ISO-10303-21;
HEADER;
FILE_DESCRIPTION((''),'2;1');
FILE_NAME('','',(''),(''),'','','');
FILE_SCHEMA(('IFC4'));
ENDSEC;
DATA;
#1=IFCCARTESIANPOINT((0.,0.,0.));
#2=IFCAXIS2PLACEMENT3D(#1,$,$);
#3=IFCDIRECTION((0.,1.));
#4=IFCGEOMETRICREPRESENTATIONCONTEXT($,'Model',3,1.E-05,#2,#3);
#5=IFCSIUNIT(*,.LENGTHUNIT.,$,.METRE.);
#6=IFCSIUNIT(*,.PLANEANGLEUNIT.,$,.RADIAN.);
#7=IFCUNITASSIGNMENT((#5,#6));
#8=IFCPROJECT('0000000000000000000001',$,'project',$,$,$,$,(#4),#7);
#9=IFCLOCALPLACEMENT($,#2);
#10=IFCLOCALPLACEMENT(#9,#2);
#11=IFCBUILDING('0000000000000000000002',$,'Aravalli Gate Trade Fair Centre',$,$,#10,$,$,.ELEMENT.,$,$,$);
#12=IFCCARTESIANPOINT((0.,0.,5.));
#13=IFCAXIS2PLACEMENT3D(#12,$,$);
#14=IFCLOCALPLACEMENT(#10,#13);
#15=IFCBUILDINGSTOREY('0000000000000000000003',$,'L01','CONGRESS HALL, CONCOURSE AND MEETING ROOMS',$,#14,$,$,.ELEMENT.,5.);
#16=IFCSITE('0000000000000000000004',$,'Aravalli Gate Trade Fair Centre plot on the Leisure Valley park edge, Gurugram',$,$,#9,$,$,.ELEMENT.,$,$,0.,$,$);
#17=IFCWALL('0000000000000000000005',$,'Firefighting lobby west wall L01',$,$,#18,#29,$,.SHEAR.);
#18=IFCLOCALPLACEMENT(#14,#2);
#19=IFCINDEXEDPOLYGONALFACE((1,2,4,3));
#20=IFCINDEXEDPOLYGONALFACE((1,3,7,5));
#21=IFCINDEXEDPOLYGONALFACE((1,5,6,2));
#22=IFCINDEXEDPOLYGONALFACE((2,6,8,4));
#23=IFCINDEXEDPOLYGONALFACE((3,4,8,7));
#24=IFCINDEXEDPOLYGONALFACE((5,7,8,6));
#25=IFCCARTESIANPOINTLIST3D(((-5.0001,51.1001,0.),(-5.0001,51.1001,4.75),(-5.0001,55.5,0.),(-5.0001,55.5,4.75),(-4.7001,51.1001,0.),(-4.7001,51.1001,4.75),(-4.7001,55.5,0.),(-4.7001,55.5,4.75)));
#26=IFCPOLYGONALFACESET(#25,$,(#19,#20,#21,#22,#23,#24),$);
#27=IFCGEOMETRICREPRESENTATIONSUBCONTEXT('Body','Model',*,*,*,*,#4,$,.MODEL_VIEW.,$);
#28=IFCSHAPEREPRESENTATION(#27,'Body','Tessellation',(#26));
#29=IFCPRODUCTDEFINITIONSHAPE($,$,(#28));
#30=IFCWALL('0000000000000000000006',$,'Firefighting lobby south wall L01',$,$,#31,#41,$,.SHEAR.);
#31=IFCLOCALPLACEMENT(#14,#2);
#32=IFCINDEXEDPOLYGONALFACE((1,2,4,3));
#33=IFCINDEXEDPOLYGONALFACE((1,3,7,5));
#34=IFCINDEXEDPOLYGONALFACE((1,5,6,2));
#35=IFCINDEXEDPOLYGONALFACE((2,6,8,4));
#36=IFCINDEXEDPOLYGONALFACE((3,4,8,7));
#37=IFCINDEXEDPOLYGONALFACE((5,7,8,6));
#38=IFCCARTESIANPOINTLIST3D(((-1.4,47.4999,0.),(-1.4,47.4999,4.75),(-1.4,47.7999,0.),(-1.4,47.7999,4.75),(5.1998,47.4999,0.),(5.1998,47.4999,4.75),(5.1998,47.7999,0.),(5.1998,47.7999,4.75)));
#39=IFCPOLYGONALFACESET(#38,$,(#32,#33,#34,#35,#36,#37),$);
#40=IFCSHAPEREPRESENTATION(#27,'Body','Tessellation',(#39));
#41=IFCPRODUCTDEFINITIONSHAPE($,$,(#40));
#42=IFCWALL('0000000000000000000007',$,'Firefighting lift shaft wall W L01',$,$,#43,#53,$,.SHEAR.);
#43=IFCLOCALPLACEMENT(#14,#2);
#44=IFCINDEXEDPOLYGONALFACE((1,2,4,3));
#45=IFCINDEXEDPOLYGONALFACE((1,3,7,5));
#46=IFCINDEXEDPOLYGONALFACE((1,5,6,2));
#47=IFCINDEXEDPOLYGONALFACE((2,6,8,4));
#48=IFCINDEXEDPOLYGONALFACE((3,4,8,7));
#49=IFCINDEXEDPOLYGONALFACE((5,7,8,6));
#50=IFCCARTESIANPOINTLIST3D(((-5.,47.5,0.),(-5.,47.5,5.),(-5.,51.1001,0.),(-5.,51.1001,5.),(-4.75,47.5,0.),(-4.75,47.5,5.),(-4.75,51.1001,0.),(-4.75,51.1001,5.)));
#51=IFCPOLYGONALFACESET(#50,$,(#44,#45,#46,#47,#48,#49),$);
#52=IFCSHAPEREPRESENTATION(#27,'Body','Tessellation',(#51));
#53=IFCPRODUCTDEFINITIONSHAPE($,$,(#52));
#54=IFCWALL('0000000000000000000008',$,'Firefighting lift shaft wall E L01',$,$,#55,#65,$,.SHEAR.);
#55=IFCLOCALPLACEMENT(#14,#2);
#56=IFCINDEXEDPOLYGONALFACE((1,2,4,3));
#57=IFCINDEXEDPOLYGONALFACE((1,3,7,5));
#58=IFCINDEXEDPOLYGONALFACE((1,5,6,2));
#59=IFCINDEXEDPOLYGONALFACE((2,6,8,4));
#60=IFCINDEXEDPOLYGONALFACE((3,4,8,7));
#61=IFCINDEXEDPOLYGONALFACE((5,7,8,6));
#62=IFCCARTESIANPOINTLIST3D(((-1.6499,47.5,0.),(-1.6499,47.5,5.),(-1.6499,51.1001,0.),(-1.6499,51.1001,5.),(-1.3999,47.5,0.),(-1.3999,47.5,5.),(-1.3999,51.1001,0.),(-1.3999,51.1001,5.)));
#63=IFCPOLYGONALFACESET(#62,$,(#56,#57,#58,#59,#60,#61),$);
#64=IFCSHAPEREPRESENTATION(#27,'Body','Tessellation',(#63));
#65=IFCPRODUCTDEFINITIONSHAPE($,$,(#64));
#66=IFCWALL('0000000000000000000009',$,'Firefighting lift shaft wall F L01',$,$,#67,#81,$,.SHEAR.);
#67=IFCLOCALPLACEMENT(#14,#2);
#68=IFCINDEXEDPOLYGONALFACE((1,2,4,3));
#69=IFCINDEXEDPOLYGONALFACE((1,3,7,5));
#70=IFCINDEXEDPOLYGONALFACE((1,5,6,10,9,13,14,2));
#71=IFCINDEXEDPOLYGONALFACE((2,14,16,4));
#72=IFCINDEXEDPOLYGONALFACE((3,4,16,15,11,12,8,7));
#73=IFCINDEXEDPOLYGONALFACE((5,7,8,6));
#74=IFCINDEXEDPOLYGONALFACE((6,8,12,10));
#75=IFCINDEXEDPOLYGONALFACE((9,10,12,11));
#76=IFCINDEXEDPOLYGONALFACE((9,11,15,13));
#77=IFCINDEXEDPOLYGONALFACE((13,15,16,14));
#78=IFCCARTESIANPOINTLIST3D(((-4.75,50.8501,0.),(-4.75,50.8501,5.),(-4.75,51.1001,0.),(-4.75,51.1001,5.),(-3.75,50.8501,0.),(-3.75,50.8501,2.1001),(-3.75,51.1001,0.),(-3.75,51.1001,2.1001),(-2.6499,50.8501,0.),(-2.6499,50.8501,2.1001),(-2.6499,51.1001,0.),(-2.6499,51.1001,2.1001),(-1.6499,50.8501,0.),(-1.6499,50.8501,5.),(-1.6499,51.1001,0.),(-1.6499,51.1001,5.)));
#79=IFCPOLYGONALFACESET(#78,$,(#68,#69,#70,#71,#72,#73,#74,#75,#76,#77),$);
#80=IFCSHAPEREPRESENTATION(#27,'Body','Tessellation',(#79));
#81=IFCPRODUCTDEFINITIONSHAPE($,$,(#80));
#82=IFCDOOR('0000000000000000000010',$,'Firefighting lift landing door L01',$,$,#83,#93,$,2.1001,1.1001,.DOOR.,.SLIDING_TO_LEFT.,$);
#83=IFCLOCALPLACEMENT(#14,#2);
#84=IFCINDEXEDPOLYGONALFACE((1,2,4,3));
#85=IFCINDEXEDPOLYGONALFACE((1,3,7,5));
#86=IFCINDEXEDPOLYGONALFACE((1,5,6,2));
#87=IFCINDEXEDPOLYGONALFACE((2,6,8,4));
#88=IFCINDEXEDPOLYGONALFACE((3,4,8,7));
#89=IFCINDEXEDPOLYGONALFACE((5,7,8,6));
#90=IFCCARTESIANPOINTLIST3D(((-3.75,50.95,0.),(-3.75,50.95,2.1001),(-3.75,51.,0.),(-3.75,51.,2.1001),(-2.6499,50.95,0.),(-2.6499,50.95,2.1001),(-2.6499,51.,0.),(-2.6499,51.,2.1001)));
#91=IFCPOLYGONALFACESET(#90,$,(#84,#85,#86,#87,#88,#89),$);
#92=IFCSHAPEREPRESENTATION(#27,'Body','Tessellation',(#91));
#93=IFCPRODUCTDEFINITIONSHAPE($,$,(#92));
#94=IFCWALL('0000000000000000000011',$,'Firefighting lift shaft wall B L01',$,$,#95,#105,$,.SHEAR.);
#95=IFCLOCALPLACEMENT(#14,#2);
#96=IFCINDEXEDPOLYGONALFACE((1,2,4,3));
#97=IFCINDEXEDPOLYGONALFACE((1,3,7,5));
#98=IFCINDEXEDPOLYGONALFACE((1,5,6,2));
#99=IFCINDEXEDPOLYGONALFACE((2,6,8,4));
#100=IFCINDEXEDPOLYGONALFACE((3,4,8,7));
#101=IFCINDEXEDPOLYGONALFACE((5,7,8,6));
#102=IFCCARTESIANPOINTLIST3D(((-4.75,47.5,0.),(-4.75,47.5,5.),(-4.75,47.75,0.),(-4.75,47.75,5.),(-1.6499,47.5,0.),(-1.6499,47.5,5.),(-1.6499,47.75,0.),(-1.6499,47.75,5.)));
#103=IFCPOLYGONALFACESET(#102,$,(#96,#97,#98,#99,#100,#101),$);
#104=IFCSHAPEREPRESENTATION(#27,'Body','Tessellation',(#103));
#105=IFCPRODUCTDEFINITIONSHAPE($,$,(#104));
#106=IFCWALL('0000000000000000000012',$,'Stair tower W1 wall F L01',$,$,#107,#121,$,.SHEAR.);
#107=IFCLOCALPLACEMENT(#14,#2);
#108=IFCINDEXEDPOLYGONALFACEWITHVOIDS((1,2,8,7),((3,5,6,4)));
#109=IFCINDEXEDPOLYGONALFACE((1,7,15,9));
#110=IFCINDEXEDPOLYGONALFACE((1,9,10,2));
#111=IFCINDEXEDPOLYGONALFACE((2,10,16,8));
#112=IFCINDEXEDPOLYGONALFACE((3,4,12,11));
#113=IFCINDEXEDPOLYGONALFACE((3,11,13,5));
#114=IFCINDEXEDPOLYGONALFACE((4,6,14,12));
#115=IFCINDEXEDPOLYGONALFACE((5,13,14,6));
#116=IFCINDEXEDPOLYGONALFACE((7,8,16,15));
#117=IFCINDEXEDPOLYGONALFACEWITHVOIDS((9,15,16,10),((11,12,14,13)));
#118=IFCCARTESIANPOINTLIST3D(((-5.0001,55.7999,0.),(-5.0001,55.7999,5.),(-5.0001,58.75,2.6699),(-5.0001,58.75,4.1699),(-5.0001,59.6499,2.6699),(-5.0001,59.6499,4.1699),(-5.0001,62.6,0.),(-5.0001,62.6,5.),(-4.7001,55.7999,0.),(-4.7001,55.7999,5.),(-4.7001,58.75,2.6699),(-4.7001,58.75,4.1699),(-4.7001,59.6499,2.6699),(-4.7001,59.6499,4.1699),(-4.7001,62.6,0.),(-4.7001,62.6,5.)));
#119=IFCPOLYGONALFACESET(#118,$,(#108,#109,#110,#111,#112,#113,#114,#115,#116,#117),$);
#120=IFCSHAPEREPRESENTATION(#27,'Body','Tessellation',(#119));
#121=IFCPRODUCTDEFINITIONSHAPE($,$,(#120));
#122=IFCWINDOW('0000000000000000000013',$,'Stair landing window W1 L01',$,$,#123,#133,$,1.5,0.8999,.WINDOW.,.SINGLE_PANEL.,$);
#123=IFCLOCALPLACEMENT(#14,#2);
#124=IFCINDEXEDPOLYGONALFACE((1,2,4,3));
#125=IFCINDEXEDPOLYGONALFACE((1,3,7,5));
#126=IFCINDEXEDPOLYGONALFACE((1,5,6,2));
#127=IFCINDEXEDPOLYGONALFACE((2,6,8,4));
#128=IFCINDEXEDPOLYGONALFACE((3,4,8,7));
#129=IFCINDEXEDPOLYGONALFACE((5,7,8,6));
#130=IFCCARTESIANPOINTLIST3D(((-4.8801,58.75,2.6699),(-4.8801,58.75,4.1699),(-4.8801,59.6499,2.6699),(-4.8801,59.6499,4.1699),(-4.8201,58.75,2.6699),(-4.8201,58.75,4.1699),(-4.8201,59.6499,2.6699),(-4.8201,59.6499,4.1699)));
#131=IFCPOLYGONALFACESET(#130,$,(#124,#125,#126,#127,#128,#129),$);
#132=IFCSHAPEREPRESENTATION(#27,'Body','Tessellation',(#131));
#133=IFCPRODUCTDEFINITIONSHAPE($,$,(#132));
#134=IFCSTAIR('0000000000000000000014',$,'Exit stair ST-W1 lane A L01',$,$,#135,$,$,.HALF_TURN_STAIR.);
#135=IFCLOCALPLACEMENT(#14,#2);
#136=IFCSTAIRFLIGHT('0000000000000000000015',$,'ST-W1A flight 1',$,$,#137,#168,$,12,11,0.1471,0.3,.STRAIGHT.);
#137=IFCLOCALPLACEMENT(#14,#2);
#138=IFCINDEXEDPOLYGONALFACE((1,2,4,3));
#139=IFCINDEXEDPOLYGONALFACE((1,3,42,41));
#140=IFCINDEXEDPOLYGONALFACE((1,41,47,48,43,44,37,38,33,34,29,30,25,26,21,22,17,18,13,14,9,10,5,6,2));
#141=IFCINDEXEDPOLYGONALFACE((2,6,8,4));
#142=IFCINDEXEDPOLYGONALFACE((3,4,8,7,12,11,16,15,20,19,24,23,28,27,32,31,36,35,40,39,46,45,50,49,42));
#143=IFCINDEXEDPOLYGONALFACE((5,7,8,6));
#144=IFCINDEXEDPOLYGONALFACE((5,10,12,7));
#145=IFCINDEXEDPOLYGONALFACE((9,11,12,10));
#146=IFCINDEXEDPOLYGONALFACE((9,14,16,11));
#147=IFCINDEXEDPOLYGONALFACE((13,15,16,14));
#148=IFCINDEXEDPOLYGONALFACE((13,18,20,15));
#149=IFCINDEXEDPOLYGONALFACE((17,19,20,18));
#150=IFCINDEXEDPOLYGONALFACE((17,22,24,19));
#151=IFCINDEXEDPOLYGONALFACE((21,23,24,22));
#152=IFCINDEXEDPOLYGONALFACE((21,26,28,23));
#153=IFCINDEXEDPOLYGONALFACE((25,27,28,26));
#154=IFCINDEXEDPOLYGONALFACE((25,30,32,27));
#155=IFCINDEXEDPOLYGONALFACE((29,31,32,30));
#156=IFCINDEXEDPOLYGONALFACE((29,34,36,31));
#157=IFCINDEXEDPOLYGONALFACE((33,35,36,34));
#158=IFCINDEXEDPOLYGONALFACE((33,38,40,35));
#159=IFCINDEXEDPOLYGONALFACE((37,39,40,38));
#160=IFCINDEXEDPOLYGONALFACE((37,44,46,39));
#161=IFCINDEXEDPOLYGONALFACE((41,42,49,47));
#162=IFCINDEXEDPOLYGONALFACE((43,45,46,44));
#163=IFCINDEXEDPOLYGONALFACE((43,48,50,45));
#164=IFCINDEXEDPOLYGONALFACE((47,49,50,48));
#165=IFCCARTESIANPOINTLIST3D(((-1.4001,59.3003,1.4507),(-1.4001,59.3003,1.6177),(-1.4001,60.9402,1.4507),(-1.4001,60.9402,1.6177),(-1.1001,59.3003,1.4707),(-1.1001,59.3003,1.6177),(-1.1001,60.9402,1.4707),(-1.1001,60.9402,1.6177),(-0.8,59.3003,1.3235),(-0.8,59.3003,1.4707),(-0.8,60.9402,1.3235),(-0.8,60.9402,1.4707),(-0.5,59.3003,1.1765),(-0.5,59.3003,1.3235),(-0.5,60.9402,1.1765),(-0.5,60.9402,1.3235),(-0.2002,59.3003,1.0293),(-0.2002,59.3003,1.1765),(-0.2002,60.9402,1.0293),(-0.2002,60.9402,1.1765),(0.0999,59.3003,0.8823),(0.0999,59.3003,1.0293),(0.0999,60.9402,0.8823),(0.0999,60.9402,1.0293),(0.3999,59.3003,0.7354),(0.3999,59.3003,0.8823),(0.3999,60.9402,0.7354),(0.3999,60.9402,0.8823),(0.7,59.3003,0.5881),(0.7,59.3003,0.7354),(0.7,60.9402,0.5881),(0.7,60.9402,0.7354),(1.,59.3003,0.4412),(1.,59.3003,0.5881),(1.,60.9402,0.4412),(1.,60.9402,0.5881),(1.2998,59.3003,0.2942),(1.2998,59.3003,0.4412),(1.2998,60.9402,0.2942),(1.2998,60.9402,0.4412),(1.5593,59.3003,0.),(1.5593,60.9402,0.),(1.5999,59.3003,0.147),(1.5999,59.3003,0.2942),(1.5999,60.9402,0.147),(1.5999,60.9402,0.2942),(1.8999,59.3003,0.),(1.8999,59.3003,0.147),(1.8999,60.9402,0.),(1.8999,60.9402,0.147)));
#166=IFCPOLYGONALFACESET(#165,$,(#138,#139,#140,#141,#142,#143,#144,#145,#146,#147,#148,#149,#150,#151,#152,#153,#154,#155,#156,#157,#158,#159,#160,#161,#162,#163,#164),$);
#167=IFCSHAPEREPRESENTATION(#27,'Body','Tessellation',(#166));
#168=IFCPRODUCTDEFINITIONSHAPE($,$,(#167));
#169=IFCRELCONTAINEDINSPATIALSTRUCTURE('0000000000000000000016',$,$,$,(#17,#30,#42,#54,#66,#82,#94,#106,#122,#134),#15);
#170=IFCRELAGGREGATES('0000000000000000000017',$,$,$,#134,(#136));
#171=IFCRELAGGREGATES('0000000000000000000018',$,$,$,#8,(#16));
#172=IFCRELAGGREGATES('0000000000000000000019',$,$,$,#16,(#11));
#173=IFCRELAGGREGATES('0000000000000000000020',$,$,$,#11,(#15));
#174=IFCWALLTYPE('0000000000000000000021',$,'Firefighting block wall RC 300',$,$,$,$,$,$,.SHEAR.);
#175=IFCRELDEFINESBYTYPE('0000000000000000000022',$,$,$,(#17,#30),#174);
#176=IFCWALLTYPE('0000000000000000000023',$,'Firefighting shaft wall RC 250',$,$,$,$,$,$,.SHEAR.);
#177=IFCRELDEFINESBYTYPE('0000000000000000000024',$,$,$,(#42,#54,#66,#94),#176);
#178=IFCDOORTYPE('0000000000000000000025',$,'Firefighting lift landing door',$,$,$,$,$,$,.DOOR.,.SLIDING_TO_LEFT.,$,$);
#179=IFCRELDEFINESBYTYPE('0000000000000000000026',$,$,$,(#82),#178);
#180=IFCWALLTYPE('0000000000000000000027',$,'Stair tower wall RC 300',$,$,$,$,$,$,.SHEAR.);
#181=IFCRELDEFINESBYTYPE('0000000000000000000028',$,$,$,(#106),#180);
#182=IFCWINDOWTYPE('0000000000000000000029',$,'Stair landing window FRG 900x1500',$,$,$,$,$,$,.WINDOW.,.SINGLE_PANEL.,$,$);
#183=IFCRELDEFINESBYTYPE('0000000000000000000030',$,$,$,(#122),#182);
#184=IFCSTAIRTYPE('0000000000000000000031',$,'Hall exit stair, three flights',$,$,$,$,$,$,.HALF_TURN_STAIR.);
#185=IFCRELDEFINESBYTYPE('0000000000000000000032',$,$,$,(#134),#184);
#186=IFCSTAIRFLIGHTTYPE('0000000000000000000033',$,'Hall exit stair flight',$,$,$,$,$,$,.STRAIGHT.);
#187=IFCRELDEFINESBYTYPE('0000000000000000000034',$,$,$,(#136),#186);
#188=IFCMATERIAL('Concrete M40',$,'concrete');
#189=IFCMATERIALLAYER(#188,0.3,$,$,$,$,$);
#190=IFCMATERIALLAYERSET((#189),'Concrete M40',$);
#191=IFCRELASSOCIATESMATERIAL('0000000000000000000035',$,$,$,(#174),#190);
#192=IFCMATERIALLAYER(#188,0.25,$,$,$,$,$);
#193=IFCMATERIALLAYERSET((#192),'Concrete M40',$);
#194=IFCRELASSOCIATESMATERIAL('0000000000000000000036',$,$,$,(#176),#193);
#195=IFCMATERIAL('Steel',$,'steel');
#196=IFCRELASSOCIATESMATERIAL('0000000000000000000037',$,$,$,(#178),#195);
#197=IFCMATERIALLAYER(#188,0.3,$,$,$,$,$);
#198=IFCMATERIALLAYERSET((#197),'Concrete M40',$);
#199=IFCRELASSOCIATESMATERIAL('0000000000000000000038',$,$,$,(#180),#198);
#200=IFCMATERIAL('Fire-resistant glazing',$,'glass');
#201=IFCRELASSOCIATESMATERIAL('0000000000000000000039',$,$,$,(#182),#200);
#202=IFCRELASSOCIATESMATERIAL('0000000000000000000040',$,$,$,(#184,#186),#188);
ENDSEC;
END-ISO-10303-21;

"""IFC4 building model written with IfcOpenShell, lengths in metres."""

from ifc_helpers import new_model, si_unit, direction, frame, frame_2d, origin, place, context, subcontext, project, spatial, polyline, rectangle, outline, extrude, material, layer, layer_set, type_object, element, fill, aggregate, save


model = new_model("IFC4")

# Units and contexts
model_context = context("Model", 3, precision=1e-05, world=origin(), true_north=direction((0.0, 1.0)))
body_context = subcontext(model_context, "Body", "Model", "MODEL_VIEW")
ifc_project = project(units=[si_unit("LENGTHUNIT", "METRE"), si_unit("PLANEANGLEUNIT", "RADIAN")], contexts=[model_context])

# Site, building, storey
site_placement = place(None, origin())
site = spatial("IfcSite", under=ifc_project, at=site_placement, Name="Aravalli Gate Trade Fair Centre plot on the Leisure Valley park edge, Gurugram", CompositionType="ELEMENT", RefElevation=0.0)
building_placement = place(site_placement, origin())
building = spatial("IfcBuilding", under=site, at=building_placement, Name="Aravalli Gate Trade Fair Centre", CompositionType="ELEMENT")
storey_placement = place(building_placement, frame((0.0, 0.0, 5.0)))
storey = spatial("IfcBuildingStorey", under=building, at=storey_placement, Name="L01", Description="CONGRESS HALL, CONCOURSE AND MEETING ROOMS", CompositionType="ELEMENT", Elevation=5.0)

# Walls
ifc_material_1 = material(Name="Concrete M40", Category="concrete")
ifc_layer_1 = layer(ifc_material_1, 0.3)
ifc_layer_set_1 = layer_set([ifc_layer_1], Name="Concrete M40")
wall_type_1 = type_object("IfcWallType", Name="Firefighting block wall RC 300", PredefinedType="SHEAR", material=ifc_layer_set_1)
wall_1_placement = place(storey_placement, frame((-4.8501, 51.1001, 0.0), z_axis=(0.0, 0.0, 1.0), x_axis=(0.0, 1.0, 0.0)))
element("IfcWall", 1, at=wall_1_placement, inside=storey, type_object=wall_type_1, Name="Firefighting lobby west wall L01", PredefinedType="SHEAR", context=body_context, shape_type="SweptSolid", body=[
    extrude(rectangle(XDim=4.3999, YDim=0.3, at=frame_2d((2.2, 0.0))), origin(), (0.0, 0.0, 1.0), 4.75),
])
wall_2_placement = place(storey_placement, frame((-1.3999, 47.6499, 0.0), z_axis=(0.0, 0.0, 1.0), x_axis=(1.0, 0.0, 0.0)))
element("IfcWall", 2, at=wall_2_placement, inside=storey, type_object=wall_type_1, Name="Firefighting lobby south wall L01", PredefinedType="SHEAR", context=body_context, shape_type="SweptSolid", body=[
    extrude(rectangle(XDim=6.5999, YDim=0.3, at=frame_2d((3.2998, 0.0))), origin(), (0.0, 0.0, 1.0), 4.75),
])
ifc_layer_2 = layer(ifc_material_1, 0.25)
ifc_layer_set_2 = layer_set([ifc_layer_2], Name="Concrete M40")
wall_type_2 = type_object("IfcWallType", Name="Firefighting shaft wall RC 250", PredefinedType="SHEAR", material=ifc_layer_set_2)
for number, where, z_axis, x_axis, name in (
    (3, (-4.875, 47.5, 0.0), (0.0, 0.0, 1.0), (0.0, 1.0, 0.0), "Firefighting lift shaft wall W L01"),
    (4, (-1.5249, 47.5, 0.0), (0.0, 0.0, 1.0), (0.0, 1.0, 0.0), "Firefighting lift shaft wall E L01"),
):
    element("IfcWall", number, at=place(storey_placement, frame(where, z_axis=z_axis, x_axis=x_axis)), inside=storey, type_object=wall_type_2, Name=name, PredefinedType="SHEAR", context=body_context, shape_type="SweptSolid", body=[
        extrude(rectangle(XDim=3.6001, YDim=0.25, at=frame_2d((1.8, 0.0))), origin(), (0.0, 0.0, 1.0), 5.0),
    ])

# Wall, opening, door
wall_3_placement = place(storey_placement, frame((-4.75, 50.9751, 0.0), z_axis=(0.0, 0.0, 1.0), x_axis=(1.0, 0.0, 0.0)))
wall_3 = element("IfcWall", 5, at=wall_3_placement, inside=storey, type_object=wall_type_2, Name="Firefighting lift shaft wall F L01", PredefinedType="SHEAR", context=body_context, shape_type="SweptSolid", body=[
    extrude(rectangle(XDim=3.1001, YDim=0.25, at=frame_2d((1.55, 0.0))), origin(), (0.0, 0.0, 1.0), 5.0),
])
opening_1_placement = place(wall_3_placement, frame((1.0, 0.0, 0.0)))
opening_1 = element("IfcOpeningElement", 6, at=opening_1_placement, cuts=wall_3, PredefinedType="OPENING", context=body_context, shape_type="SweptSolid", body=[
    extrude(rectangle(XDim=1.1001, YDim=2.1001, at=frame_2d((0.55, 1.05))), frame((0.0, 0.135, 0.0), z_axis=(0.0, -1.0, 0.0), x_axis=(1.0, 0.0, 0.0)), (0.0, 0.0, 1.0), 0.27),
])
ifc_material_2 = material(Name="Steel", Category="steel")
door_type = type_object("IfcDoorType", Name="Firefighting lift landing door", OperationType="SLIDING_TO_LEFT", PredefinedType="DOOR", material=ifc_material_2)
door_placement = place(opening_1_placement, origin())
door = element("IfcDoor", 7, at=door_placement, inside=storey, type_object=door_type, Name="Firefighting lift landing door L01", OperationType="SLIDING_TO_LEFT", OverallHeight=2.1001, OverallWidth=1.1001, PredefinedType="DOOR", context=body_context, shape_type="SweptSolid", body=[
    extrude(rectangle(XDim=1.1001, YDim=2.1001, at=frame_2d((0.55, 1.05))), frame((0.0, 0.0249, 0.0), z_axis=(0.0, -1.0, 0.0), x_axis=(1.0, 0.0, 0.0)), (0.0, 0.0, 1.0), 0.05),
])
fill(opening_1, door)

# Wall
wall_4_placement = place(storey_placement, frame((-4.75, 47.625, 0.0), z_axis=(0.0, 0.0, 1.0), x_axis=(1.0, 0.0, 0.0)))
element("IfcWall", 8, at=wall_4_placement, inside=storey, type_object=wall_type_2, Name="Firefighting lift shaft wall B L01", PredefinedType="SHEAR", context=body_context, shape_type="SweptSolid", body=[
    extrude(rectangle(XDim=3.1001, YDim=0.25, at=frame_2d((1.55, 0.0))), origin(), (0.0, 0.0, 1.0), 5.0),
])

# Wall, opening, window
ifc_layer_3 = layer(ifc_material_1, 0.3)
ifc_layer_set_3 = layer_set([ifc_layer_3], Name="Concrete M40")
wall_type_3 = type_object("IfcWallType", Name="Stair tower wall RC 300", PredefinedType="SHEAR", material=ifc_layer_set_3)
wall_5_placement = place(storey_placement, frame((-4.8501, 55.8, 0.0), z_axis=(0.0, 0.0, 1.0), x_axis=(0.0, 1.0, 0.0)))
wall_5 = element("IfcWall", 9, at=wall_5_placement, inside=storey, type_object=wall_type_3, Name="Stair tower W1 wall F L01", PredefinedType="SHEAR", context=body_context, shape_type="SweptSolid", body=[
    extrude(rectangle(XDim=6.8, YDim=0.3, at=frame_2d((3.3999, 0.0))), origin(), (0.0, 0.0, 1.0), 5.0),
])
opening_2_placement = place(wall_5_placement, frame((2.95, 0.0, 2.6699)))
opening_2 = element("IfcOpeningElement", 10, at=opening_2_placement, cuts=wall_5, PredefinedType="OPENING", context=body_context, shape_type="SweptSolid", body=[
    extrude(rectangle(XDim=0.8999, YDim=1.5, at=frame_2d((0.45, 0.75))), frame((0.0, 0.1599, 0.0), z_axis=(0.0, -1.0, 0.0), x_axis=(1.0, 0.0, 0.0)), (0.0, 0.0, 1.0), 0.3201),
])
ifc_material_3 = material(Name="Fire-resistant glazing", Category="glass")
window_type = type_object("IfcWindowType", Name="Stair landing window FRG 900x1500", PartitioningType="SINGLE_PANEL", PredefinedType="WINDOW", material=ifc_material_3)
window_placement = place(opening_2_placement, origin())
window = element("IfcWindow", 11, at=window_placement, inside=storey, type_object=window_type, Name="Stair landing window W1 L01", OverallHeight=1.5, OverallWidth=0.8999, PartitioningType="SINGLE_PANEL", PredefinedType="WINDOW", context=body_context, shape_type="SweptSolid", body=[
    extrude(rectangle(XDim=0.8999, YDim=1.5, at=frame_2d((0.45, 0.75))), frame((0.0, 0.03, 0.0), z_axis=(0.0, -1.0, 0.0), x_axis=(1.0, 0.0, 0.0)), (0.0, 0.0, 1.0), 0.0601),
])
fill(opening_2, window)

# Stair, stair flight
stair_type = type_object("IfcStairType", Name="Hall exit stair, three flights", PredefinedType="HALF_TURN_STAIR", material=ifc_material_1)
stair_1_placement = place(storey_placement, origin())
stair_1 = element("IfcStair", 12, at=stair_1_placement, inside=storey, type_object=stair_type, Name="Exit stair ST-W1 lane A L01", PredefinedType="HALF_TURN_STAIR")
stair_flight_type = type_object("IfcStairFlightType", Name="Hall exit stair flight", PredefinedType="STRAIGHT", material=ifc_material_1)
stair_flight_1_placement = place(storey_placement, frame((1.8999, 60.1201, 0.0), z_axis=(0.0, 0.0, 1.0), x_axis=(-1.0, 0.0, 0.0)))
stair_flight_1 = element("IfcStairFlight", 13, at=stair_flight_1_placement, type_object=stair_flight_type, Name="ST-W1A flight 1", NumberOfRisers=12, NumberOfTreads=11, PredefinedType="STRAIGHT", RiserHeight=0.1471, TreadLength=0.3, context=body_context, shape_type="SweptSolid", body=[
    extrude(outline(polyline([(0.0, 0.0), (0.0, 0.147), (0.3, 0.147), (0.3, 0.2942), (0.6001, 0.2942), (0.6001, 0.4412), (0.8999, 0.4412), (0.8999, 0.5881), (1.2, 0.5881), (1.2, 0.7354), (1.5, 0.7354), (1.5, 0.8823), (1.8, 0.8823), (1.8, 1.0293), (2.1001, 1.0293), (2.1001, 1.1765), (2.3999, 1.1765), (2.3999, 1.3235), (2.7, 1.3235), (2.7, 1.4707), (3.0, 1.4707), (3.0, 1.6177), (3.3, 1.6177), (3.3, 1.7646), (3.3, 1.4507), (0.3406, 0.0), (0.0, 0.0)])), frame((0.0, 0.8198, 0.0), z_axis=(0.0, -1.0, 0.0), x_axis=(1.0, 0.0, 0.0)), (0.0, 0.0, 1.0), 1.6399),
])
aggregate(stair_1, [stair_flight_1])

save(model, "model.ifc")
